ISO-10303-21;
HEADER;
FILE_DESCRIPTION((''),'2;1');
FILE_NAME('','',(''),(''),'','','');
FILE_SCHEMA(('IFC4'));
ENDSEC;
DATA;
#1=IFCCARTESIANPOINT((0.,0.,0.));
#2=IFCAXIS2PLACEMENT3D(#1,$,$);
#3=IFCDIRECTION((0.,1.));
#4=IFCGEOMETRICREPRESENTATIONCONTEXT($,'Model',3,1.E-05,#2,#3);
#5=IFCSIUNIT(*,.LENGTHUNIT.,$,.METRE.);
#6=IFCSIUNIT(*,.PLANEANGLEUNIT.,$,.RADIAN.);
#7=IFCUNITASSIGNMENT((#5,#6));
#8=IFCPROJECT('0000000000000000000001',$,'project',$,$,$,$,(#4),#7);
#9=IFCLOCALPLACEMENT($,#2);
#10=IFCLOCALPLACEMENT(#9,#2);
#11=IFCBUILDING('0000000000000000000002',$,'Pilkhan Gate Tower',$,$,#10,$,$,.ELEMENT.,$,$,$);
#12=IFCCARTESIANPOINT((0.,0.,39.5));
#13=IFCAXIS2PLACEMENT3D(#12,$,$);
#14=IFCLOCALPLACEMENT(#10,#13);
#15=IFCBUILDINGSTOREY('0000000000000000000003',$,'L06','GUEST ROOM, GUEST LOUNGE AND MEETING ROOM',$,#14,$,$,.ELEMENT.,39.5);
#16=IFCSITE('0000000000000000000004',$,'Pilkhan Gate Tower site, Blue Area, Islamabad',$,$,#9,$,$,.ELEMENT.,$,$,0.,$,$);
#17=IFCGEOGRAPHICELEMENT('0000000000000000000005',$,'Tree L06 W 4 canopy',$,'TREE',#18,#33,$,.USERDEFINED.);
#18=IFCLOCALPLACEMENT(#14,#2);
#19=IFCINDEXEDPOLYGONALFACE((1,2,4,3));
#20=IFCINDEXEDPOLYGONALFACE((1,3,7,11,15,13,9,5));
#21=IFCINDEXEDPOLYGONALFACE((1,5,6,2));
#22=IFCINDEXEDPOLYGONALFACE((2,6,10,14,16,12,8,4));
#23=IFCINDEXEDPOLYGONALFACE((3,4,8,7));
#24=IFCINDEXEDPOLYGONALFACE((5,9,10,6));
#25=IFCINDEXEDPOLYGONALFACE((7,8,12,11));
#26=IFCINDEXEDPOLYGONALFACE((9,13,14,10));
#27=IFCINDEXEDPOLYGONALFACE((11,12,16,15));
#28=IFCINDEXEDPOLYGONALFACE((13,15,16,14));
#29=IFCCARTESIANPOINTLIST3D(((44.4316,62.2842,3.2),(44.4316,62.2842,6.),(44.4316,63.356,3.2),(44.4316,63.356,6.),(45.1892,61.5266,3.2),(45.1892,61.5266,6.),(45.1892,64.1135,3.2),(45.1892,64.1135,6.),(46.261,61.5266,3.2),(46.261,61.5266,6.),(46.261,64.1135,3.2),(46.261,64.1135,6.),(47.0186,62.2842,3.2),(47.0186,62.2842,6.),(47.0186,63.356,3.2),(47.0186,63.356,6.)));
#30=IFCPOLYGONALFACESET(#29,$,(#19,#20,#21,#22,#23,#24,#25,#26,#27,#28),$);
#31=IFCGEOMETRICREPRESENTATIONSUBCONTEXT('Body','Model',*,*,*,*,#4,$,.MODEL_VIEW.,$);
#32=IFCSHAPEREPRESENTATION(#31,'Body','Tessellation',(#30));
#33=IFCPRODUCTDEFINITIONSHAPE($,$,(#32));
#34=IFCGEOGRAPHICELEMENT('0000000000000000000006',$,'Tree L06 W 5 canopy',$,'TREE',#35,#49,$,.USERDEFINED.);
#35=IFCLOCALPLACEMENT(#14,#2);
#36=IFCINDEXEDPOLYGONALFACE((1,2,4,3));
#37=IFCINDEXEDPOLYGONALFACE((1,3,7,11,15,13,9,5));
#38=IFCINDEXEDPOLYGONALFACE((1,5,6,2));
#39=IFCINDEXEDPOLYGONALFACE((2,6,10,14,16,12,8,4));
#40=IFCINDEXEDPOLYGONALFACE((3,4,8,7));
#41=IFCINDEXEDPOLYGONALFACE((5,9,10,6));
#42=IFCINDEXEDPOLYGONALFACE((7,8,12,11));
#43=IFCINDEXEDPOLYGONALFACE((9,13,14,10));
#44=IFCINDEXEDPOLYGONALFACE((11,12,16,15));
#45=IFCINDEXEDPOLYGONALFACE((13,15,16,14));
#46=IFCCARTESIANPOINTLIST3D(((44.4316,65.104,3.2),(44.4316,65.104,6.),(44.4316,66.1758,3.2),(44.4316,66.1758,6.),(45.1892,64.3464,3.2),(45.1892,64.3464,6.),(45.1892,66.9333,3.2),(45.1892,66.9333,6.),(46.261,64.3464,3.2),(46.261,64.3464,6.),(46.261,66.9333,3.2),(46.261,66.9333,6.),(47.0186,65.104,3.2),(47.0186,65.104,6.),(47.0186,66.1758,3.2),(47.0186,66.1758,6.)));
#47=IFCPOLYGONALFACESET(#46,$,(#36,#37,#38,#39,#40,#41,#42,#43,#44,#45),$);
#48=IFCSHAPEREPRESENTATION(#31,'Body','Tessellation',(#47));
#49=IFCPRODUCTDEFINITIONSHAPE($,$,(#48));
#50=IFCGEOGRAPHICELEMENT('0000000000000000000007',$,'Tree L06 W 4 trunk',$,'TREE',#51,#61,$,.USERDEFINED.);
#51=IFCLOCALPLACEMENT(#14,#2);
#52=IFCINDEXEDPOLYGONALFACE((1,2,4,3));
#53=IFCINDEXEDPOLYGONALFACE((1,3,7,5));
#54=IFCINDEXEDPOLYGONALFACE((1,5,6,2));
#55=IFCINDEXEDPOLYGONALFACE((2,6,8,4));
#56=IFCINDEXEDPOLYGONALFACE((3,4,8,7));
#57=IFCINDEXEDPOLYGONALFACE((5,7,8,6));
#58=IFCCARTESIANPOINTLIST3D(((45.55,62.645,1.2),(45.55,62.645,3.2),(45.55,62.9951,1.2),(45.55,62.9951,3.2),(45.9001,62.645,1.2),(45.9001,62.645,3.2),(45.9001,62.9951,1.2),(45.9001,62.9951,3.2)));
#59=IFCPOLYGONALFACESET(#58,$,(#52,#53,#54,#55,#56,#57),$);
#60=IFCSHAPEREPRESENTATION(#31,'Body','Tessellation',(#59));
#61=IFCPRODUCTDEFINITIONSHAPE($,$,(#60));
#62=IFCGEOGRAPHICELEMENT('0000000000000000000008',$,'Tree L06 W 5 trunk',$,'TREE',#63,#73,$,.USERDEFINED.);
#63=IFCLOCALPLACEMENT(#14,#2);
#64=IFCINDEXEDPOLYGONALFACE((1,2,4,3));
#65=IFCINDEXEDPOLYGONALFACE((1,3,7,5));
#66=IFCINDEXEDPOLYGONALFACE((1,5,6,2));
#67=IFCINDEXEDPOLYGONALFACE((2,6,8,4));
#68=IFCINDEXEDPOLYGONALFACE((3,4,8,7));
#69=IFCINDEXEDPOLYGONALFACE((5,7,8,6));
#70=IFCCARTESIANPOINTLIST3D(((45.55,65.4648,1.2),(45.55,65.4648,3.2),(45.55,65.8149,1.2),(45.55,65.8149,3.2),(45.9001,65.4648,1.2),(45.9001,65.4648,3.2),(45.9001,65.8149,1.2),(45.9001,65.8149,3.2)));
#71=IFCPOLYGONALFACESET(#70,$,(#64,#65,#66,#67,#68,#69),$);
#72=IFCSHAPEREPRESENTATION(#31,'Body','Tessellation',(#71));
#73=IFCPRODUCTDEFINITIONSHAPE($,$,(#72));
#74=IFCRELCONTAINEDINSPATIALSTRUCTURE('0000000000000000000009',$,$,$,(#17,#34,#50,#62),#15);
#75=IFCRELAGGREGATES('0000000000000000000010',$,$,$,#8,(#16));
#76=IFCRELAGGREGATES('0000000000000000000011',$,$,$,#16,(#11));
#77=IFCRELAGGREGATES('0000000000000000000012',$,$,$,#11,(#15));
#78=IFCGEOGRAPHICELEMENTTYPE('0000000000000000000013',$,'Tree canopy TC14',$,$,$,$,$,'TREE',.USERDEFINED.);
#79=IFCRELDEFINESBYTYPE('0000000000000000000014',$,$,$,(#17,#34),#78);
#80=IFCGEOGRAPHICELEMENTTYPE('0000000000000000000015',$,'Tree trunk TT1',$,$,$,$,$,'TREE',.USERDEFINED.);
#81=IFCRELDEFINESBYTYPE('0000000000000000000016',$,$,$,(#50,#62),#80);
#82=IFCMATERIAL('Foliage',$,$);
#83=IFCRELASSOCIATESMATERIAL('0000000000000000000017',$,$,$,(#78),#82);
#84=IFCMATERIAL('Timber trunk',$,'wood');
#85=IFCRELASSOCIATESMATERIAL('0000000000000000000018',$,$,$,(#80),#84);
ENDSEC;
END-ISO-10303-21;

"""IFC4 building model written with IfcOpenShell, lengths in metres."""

from ifc_helpers import new_model, si_unit, direction, frame, origin, origin_2d, place, context, subcontext, project, spatial, polyline, rectangle, outline, extrude, material, material_profile, profile_set, type_object, element, save


model = new_model("IFC4")

# Units and contexts
model_context = context("Model", 3, precision=1e-05, world=origin(), true_north=direction((0.0, 1.0)))
body_context = subcontext(model_context, "Body", "Model", "MODEL_VIEW")
ifc_project = project(units=[si_unit("LENGTHUNIT", "METRE"), si_unit("PLANEANGLEUNIT", "RADIAN")], contexts=[model_context])

# Site, building, storey
site_placement = place(None, origin())
site = spatial("IfcSite", under=ifc_project, at=site_placement, Name="Pilkhan Gate Tower site, Blue Area, Islamabad", CompositionType="ELEMENT", RefElevation=0.0)
building_placement = place(site_placement, origin())
building = spatial("IfcBuilding", under=site, at=building_placement, Name="Pilkhan Gate Tower", CompositionType="ELEMENT")
storey_placement = place(building_placement, frame((0.0, 0.0, 39.5)))
storey = spatial("IfcBuildingStorey", under=building, at=storey_placement, Name="L06", Description="GUEST ROOM, GUEST LOUNGE AND MEETING ROOM", CompositionType="ELEMENT", Elevation=39.5)

# Geographic elements
ifc_material_1 = material(Name="Foliage")
ifc_material_profile_1 = material_profile(ifc_material_1, outline(polyline([(1.2935, 0.5359), (0.5359, 1.2935), (-0.5359, 1.2935), (-1.2935, 0.5359), (-1.2935, -0.5359), (-0.5359, -1.2935), (0.5359, -1.2935), (1.2935, -0.5359), (1.2935, 0.5359)])), Name="Canopy D2.8")
ifc_profile_set_1 = profile_set([ifc_material_profile_1], Name="Foliage")
geographic_element_type_1 = type_object("IfcGeographicElementType", Name="Tree canopy TC14", ElementType="TREE", PredefinedType="USERDEFINED", material=ifc_profile_set_1)
for number, where, z_axis, x_axis, name in (
    (1, (45.7251, 62.8201, 3.2), (0.0, 0.0, 1.0), (1.0, 0.0, 0.0), "Tree L06 W 4 canopy"),
    (2, (45.7251, 65.6399, 3.2), (0.0, 0.0, 1.0), (1.0, 0.0, 0.0), "Tree L06 W 5 canopy"),
):
    element("IfcGeographicElement", number, at=place(storey_placement, frame(where, z_axis=z_axis, x_axis=x_axis)), inside=storey, type_object=geographic_element_type_1, Name=name, ObjectType="TREE", PredefinedType="USERDEFINED", context=body_context, shape_type="SweptSolid", body=[
        extrude(outline(polyline([(1.2935, 0.5359), (0.5359, 1.2935), (-0.5359, 1.2935), (-1.2935, 0.5359), (-1.2935, -0.5359), (-0.5359, -1.2935), (0.5359, -1.2935), (1.2935, -0.5359), (1.2935, 0.5359)])), origin(), (0.0, 0.0, 1.0), 2.8),
    ])
ifc_material_2 = material(Name="Timber trunk", Category="wood")
geographic_element_type_2 = type_object("IfcGeographicElementType", Name="Tree trunk TT1", ElementType="TREE", PredefinedType="USERDEFINED", material=ifc_material_2)
for number, where, z_axis, x_axis, name in (
    (3, (45.7251, 62.8201, 1.2), (0.0, 0.0, 1.0), (1.0, 0.0, 0.0), "Tree L06 W 4 trunk"),
    (4, (45.7251, 65.6399, 1.2), (0.0, 0.0, 1.0), (1.0, 0.0, 0.0), "Tree L06 W 5 trunk"),
):
    element("IfcGeographicElement", number, at=place(storey_placement, frame(where, z_axis=z_axis, x_axis=x_axis)), inside=storey, type_object=geographic_element_type_2, Name=name, ObjectType="TREE", PredefinedType="USERDEFINED", context=body_context, shape_type="SweptSolid", body=[
        extrude(rectangle(XDim=0.3501, YDim=0.3501, at=origin_2d()), origin(), (0.0, 0.0, 1.0), 2.0),
    ])

save(model, "model.ifc")
